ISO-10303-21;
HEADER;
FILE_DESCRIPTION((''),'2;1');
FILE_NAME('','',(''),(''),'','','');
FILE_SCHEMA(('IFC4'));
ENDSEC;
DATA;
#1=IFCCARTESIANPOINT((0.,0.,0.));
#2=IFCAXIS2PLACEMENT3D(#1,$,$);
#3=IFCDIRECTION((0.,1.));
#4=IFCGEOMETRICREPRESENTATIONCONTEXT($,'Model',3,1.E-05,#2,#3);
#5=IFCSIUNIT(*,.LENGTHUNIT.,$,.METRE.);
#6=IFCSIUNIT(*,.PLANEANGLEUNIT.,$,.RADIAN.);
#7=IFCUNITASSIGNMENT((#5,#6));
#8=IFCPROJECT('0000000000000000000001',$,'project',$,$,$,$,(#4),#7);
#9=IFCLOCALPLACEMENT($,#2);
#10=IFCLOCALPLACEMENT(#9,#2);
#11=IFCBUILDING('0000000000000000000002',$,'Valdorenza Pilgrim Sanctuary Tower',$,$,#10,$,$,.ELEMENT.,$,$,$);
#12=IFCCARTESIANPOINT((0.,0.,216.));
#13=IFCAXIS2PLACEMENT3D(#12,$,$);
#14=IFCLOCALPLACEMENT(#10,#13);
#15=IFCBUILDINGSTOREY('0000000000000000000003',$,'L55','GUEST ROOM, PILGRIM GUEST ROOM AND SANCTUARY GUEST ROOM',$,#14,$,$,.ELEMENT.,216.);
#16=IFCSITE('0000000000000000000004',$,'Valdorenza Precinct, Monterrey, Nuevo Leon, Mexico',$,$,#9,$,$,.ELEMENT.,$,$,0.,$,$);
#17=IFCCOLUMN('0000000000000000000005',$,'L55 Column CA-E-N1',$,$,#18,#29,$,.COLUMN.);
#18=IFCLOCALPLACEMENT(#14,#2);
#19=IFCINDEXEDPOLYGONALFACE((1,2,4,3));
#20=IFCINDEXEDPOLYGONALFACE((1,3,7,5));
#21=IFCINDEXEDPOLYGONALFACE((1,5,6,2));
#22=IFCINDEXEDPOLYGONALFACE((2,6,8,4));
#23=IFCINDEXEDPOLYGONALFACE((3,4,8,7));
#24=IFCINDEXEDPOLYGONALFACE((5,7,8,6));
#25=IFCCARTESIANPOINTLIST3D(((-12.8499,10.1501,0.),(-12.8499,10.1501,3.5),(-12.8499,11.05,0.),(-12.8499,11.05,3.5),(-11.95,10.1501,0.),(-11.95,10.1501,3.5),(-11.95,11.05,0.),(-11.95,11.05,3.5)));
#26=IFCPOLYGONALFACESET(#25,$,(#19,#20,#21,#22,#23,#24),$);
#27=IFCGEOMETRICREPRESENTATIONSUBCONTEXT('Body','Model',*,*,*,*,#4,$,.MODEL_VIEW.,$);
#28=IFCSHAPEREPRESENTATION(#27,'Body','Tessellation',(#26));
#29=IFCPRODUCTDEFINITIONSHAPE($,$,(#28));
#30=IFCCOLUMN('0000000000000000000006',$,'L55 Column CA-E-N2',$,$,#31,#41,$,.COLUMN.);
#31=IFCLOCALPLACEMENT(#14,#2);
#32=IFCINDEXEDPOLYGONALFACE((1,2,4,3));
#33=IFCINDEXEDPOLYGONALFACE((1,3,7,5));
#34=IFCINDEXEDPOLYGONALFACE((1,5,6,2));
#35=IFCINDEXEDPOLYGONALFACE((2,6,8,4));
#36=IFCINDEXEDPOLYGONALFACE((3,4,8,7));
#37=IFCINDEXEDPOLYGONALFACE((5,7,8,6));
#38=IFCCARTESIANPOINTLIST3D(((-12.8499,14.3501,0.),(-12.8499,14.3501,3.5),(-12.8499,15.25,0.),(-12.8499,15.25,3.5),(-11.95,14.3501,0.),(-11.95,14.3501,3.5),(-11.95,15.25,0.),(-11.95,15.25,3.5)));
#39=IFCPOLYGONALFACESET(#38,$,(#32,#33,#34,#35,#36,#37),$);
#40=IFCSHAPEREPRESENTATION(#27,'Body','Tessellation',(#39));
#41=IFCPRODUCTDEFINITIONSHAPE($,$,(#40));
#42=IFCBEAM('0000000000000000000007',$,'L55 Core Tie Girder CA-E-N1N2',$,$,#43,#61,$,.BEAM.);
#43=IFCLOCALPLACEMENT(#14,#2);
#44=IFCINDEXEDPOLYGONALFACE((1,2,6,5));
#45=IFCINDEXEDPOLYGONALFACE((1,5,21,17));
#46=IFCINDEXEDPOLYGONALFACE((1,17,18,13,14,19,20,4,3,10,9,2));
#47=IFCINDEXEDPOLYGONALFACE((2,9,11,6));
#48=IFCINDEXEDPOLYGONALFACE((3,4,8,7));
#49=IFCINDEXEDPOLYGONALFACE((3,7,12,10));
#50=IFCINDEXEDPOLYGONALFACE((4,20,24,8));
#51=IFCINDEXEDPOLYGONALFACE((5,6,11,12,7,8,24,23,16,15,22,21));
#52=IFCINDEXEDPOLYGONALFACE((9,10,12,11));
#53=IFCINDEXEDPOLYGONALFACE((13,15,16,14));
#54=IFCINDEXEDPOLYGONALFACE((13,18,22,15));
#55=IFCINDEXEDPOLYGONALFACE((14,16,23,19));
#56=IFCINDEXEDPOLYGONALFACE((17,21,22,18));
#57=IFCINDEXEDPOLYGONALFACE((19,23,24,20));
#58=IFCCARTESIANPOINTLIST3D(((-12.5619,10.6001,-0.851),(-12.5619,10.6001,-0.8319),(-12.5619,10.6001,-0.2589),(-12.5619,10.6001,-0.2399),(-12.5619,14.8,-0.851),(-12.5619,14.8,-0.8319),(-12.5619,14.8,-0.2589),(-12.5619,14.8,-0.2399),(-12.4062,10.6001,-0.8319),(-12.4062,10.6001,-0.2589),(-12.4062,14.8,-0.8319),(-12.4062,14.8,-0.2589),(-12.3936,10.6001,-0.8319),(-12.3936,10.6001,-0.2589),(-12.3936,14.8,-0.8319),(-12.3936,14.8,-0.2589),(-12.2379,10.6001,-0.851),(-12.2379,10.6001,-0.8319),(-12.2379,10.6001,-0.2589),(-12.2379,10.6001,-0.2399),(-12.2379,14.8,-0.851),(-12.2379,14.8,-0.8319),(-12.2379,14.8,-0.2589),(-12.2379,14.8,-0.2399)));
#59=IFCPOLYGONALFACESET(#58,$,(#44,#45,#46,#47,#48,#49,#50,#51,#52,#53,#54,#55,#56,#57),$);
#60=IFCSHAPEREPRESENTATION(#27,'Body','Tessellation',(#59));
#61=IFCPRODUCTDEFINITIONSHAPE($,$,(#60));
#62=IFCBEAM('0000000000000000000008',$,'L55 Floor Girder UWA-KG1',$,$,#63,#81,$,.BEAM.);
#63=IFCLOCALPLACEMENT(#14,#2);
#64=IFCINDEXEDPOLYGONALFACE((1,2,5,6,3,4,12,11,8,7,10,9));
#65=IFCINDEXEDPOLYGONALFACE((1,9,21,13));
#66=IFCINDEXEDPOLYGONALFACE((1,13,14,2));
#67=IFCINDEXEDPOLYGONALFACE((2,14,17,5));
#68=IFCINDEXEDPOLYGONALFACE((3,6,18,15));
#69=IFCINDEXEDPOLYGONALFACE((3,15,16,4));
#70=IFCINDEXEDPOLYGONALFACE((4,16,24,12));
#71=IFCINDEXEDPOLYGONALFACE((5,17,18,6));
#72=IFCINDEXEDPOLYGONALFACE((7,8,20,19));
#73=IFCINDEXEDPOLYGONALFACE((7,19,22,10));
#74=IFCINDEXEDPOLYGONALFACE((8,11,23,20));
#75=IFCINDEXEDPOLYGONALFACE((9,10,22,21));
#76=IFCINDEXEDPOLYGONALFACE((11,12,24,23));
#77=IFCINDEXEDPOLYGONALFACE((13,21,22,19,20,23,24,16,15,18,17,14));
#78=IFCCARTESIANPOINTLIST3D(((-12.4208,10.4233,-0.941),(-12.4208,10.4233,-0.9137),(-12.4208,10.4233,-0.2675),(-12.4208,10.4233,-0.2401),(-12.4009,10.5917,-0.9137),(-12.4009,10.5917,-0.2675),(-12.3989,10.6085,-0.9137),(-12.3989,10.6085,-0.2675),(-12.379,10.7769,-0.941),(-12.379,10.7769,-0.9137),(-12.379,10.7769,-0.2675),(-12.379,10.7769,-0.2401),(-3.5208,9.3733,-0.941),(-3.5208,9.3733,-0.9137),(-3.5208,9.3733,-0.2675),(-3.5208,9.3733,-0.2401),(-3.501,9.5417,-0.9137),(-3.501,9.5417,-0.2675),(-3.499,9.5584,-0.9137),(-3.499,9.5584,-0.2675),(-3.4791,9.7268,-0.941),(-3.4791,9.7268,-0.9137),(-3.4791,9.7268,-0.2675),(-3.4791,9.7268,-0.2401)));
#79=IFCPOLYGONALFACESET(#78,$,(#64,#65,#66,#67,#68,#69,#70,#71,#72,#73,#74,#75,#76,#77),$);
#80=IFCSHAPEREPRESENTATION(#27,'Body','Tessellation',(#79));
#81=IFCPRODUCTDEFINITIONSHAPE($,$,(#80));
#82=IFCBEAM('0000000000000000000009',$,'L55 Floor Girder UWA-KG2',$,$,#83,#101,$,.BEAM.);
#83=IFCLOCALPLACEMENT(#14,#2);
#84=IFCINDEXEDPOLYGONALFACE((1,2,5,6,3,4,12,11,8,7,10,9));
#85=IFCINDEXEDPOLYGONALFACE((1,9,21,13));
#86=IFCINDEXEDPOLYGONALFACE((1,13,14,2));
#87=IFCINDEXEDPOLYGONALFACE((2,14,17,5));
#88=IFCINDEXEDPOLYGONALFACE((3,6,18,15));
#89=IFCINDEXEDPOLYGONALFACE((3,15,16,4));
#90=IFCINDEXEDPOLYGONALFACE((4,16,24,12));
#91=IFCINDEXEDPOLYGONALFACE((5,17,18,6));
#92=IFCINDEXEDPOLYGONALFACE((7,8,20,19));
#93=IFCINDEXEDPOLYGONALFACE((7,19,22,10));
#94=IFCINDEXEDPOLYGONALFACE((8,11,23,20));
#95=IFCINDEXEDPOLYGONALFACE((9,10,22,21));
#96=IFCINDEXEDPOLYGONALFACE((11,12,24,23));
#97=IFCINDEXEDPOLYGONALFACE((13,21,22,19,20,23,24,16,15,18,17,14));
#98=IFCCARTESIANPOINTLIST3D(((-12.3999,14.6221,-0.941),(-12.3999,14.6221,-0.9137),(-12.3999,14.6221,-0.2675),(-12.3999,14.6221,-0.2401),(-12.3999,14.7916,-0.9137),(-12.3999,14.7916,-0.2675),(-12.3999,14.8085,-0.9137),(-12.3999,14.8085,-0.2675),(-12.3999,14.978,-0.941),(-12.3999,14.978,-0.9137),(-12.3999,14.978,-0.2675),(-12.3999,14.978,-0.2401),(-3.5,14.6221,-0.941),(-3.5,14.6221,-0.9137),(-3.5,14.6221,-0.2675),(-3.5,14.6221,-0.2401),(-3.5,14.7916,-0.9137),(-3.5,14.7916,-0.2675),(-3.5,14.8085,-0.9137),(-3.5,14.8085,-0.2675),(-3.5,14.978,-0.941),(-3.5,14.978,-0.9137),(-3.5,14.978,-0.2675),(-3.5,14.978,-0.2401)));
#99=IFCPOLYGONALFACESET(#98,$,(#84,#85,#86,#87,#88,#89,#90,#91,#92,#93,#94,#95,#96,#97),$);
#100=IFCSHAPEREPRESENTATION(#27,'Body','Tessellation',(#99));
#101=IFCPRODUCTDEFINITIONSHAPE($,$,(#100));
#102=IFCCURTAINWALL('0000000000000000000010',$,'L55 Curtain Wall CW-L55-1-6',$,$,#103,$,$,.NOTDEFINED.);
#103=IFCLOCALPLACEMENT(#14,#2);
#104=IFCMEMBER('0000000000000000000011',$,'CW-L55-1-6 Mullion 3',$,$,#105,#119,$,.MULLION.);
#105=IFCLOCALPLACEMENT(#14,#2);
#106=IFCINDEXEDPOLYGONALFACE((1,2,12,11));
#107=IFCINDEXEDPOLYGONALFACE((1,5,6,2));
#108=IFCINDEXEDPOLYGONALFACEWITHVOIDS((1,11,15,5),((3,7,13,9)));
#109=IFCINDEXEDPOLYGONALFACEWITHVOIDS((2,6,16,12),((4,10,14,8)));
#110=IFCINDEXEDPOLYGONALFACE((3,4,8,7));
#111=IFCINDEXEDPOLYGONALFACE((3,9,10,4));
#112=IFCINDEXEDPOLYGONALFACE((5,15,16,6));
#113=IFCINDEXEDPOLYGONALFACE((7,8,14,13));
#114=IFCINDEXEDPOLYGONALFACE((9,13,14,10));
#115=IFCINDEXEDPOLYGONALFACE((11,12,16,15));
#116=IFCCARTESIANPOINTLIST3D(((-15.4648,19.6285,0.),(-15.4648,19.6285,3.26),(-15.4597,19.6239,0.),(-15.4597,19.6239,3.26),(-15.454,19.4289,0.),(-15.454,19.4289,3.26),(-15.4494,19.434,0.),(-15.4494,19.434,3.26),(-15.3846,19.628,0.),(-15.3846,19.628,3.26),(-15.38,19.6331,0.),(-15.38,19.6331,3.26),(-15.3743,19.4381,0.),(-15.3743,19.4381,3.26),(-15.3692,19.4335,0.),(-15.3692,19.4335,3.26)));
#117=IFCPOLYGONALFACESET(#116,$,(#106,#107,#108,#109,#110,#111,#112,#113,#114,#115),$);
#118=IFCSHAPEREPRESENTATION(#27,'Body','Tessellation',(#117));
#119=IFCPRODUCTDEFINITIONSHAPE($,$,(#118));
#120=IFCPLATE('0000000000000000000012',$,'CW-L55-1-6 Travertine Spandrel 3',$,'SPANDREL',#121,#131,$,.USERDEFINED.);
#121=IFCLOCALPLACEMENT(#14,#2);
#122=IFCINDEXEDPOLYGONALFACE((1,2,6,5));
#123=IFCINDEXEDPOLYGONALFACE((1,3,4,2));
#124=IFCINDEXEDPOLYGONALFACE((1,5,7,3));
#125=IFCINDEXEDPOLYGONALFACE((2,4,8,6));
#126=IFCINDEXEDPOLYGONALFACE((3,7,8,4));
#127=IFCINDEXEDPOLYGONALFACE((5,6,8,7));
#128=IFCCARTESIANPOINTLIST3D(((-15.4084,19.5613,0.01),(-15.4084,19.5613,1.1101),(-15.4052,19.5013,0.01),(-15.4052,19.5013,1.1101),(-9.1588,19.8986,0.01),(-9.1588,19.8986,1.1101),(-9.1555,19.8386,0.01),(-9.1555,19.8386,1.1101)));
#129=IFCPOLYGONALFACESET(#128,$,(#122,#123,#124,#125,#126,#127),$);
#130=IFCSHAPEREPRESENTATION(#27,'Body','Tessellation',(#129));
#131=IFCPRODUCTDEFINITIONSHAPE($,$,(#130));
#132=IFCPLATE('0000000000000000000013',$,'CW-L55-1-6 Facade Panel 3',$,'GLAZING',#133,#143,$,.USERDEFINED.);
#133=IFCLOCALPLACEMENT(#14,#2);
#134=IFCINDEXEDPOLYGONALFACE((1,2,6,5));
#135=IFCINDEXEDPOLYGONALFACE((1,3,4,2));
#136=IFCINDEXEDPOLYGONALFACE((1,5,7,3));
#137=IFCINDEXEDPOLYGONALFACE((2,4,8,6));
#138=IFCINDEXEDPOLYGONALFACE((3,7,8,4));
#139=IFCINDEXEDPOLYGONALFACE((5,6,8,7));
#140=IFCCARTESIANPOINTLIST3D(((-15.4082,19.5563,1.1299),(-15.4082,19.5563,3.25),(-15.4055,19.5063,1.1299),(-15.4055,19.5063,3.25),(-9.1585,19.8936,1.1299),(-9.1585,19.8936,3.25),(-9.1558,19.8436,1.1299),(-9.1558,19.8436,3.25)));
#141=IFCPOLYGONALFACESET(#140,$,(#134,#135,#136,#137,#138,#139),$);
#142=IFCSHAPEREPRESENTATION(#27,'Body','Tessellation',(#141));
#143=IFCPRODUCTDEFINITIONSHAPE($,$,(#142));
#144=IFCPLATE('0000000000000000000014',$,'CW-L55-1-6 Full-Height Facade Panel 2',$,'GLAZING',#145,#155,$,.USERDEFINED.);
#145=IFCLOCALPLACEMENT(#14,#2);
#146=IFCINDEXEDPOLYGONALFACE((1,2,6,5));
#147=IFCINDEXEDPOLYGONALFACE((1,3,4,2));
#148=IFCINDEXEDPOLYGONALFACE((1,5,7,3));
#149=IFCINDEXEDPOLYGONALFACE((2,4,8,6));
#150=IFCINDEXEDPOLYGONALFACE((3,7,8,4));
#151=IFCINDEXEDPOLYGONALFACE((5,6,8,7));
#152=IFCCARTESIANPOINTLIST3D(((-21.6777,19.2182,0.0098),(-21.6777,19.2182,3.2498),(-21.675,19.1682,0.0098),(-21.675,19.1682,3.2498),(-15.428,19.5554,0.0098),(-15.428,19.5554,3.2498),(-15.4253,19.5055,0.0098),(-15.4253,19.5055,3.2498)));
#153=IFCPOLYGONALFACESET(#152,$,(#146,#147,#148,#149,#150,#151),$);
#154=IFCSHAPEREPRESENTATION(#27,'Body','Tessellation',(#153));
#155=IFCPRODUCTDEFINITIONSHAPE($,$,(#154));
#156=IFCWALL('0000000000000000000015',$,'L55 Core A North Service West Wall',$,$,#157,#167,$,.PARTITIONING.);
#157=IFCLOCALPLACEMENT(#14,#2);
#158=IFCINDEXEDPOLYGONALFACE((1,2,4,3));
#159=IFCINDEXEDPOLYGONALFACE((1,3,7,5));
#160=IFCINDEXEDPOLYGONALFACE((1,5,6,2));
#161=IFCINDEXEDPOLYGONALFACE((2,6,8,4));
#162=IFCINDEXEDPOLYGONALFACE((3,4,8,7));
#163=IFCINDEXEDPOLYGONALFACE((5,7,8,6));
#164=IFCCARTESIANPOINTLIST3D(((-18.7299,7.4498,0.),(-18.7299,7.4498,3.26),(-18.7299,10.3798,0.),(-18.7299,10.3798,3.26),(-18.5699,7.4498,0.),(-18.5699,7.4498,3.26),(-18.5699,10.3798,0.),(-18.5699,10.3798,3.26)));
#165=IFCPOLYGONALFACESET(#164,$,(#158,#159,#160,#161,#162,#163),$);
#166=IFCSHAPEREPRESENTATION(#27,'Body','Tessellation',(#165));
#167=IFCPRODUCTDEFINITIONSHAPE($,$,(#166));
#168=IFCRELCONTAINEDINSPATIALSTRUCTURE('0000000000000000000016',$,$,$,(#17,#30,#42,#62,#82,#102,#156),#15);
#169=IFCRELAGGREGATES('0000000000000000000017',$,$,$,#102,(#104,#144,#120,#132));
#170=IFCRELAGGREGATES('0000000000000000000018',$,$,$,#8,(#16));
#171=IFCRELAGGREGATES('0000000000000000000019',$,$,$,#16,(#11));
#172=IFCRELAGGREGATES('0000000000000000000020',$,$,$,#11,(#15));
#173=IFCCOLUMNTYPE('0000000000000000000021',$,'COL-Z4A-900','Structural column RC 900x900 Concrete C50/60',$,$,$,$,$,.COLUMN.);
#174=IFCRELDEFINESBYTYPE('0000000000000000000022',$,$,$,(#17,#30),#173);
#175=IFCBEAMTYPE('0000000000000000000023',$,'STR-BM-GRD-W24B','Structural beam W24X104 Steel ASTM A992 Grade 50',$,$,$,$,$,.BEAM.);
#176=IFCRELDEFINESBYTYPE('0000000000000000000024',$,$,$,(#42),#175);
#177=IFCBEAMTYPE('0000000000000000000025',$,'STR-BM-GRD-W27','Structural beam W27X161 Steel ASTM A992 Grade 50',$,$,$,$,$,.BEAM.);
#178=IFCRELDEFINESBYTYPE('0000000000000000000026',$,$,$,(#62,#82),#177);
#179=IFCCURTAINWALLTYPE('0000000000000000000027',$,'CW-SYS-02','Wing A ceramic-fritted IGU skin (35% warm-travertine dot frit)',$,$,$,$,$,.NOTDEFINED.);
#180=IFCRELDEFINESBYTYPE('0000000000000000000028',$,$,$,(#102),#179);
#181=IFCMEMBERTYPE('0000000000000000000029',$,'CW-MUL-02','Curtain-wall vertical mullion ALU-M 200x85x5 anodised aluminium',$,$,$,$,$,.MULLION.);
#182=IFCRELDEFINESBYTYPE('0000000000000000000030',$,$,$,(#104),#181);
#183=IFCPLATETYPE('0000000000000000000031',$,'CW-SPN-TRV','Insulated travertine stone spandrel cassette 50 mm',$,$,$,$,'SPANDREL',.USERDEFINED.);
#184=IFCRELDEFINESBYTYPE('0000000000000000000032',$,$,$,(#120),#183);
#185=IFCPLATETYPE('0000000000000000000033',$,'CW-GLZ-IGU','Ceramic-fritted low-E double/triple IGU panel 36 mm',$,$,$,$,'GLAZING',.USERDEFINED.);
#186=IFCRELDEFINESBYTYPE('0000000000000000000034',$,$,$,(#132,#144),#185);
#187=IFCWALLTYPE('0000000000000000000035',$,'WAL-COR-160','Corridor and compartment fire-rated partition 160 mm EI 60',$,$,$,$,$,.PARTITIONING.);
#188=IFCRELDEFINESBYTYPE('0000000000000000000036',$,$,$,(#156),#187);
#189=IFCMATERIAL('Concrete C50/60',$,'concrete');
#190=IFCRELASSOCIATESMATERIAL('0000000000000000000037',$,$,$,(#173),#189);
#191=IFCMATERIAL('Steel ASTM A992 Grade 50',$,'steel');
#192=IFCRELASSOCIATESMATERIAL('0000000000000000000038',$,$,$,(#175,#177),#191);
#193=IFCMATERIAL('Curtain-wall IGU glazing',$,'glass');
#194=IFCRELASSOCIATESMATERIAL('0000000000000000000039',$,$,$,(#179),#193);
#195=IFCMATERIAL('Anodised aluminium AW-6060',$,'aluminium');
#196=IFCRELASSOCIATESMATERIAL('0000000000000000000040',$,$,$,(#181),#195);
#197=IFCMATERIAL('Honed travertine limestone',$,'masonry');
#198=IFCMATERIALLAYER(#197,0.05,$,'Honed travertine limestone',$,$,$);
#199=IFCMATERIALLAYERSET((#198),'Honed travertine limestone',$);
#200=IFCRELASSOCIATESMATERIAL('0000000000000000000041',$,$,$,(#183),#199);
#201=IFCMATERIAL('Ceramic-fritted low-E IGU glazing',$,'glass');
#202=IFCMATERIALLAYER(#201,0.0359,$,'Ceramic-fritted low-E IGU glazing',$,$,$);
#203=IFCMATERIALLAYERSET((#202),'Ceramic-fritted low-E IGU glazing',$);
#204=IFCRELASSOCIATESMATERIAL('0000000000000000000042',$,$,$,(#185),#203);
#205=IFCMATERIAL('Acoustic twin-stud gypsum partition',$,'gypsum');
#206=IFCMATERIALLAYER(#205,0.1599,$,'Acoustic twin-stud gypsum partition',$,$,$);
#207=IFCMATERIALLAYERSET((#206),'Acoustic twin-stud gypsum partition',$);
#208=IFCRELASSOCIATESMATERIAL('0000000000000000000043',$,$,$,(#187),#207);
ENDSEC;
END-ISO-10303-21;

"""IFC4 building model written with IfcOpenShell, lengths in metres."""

from ifc_helpers import new_model, si_unit, direction, frame, frame_2d, origin, origin_2d, place, context, subcontext, project, spatial, rectangle, hollow_rectangle, i_section, extrude, source, transform, mapped, material, layer, layer_set, material_profile, profile_set, type_object, element, aggregate, save


model = new_model("IFC4")

# Units and contexts
model_context = context("Model", 3, precision=1e-05, world=origin(), true_north=direction((0.0, 1.0)))
body_context = subcontext(model_context, "Body", "Model", "MODEL_VIEW")
ifc_project = project(units=[si_unit("LENGTHUNIT", "METRE"), si_unit("PLANEANGLEUNIT", "RADIAN")], contexts=[model_context])

# Site, building, storey
site_placement = place(None, origin())
site = spatial("IfcSite", under=ifc_project, at=site_placement, Name="Valdorenza Precinct, Monterrey, Nuevo Leon, Mexico", CompositionType="ELEMENT", RefElevation=0.0)
building_placement = place(site_placement, origin())
building = spatial("IfcBuilding", under=site, at=building_placement, Name="Valdorenza Pilgrim Sanctuary Tower", CompositionType="ELEMENT")
storey_placement = place(building_placement, frame((0.0, 0.0, 216.0)))
storey = spatial("IfcBuildingStorey", under=building, at=storey_placement, Name="L55", Description="GUEST ROOM, PILGRIM GUEST ROOM AND SANCTUARY GUEST ROOM", CompositionType="ELEMENT", Elevation=216.0)

# Columns
ifc_material_1 = material(Name="Concrete C50/60", Category="concrete")
ifc_material_profile_1 = material_profile(ifc_material_1, rectangle(XDim=0.8999, YDim=0.8999, at=origin_2d()), Name="RC 900x900")
ifc_profile_set_1 = profile_set([ifc_material_profile_1], Name="Concrete C50/60")
column_type = type_object("IfcColumnType", Name="COL-Z4A-900", Description="Structural column RC 900x900 Concrete C50/60", PredefinedType="COLUMN", material=ifc_profile_set_1)
shared_shape_1 = source(origin(), body_context, "Body", "SweptSolid", [
    extrude(rectangle(XDim=0.8999, YDim=0.8999, at=origin_2d()), origin(), (0.0, 0.0, 1.0), 3.5),
])
for number, where, z_axis, x_axis, name in (
    (1, (-12.3999, 10.6001, 0.0), (0.0, 0.0, 1.0), (1.0, 0.0, 0.0), "L55 Column CA-E-N1"),
    (2, (-12.3999, 14.8, 0.0), (0.0, 0.0, 1.0), (1.0, 0.0, 0.0), "L55 Column CA-E-N2"),
):
    element("IfcColumn", number, at=place(storey_placement, frame(where, z_axis=z_axis, x_axis=x_axis)), inside=storey, type_object=column_type, Name=name, PredefinedType="COLUMN", context=body_context, shape_type="MappedRepresentation", body=[
        mapped(shared_shape_1, transform((0.0, 0.0, 0.0), x_axis=(1.0, 0.0, 0.0), y_axis=(0.0, 1.0, 0.0), z_axis=(0.0, 0.0, 1.0), scale=1.0)),
    ])

# Beams
ifc_material_2 = material(Name="Steel ASTM A992 Grade 50", Category="steel")
ifc_material_profile_2 = material_profile(ifc_material_2, i_section(OverallWidth=0.324, OverallDepth=0.6111, WebThickness=0.0127, FlangeThickness=0.019, at=origin_2d()), Name="W24X104")
ifc_profile_set_2 = profile_set([ifc_material_profile_2], Name="Steel ASTM A992 Grade 50")
beam_type_1 = type_object("IfcBeamType", Name="STR-BM-GRD-W24B", Description="Structural beam W24X104 Steel ASTM A992 Grade 50", PredefinedType="BEAM", material=ifc_profile_set_2)
shared_shape_2 = source(origin(), body_context, "Body", "SweptSolid", [
    extrude(i_section(OverallWidth=0.324, OverallDepth=0.6111, WebThickness=0.0127, FlangeThickness=0.019, at=origin_2d()), origin(), (0.0, 0.0, 1.0), 4.2),
])
beam_1_placement = place(storey_placement, frame((-12.3999, 10.6001, -0.5454), z_axis=(0.0, 1.0, 0.0), x_axis=(-1.0, 0.0, 0.0)))
element("IfcBeam", 3, at=beam_1_placement, inside=storey, type_object=beam_type_1, Name="L55 Core Tie Girder CA-E-N1N2", PredefinedType="BEAM", context=body_context, shape_type="MappedRepresentation", body=[
    mapped(shared_shape_2, transform((0.0, 0.0, 0.0), x_axis=(1.0, 0.0, 0.0), y_axis=(0.0, 1.0, 0.0), z_axis=(0.0, 0.0, 1.0), scale=1.0)),
])
ifc_material_profile_3 = material_profile(ifc_material_2, i_section(OverallWidth=0.356, OverallDepth=0.7009, WebThickness=0.0168, FlangeThickness=0.0273, at=origin_2d()), Name="W27X161")
ifc_profile_set_3 = profile_set([ifc_material_profile_3], Name="Steel ASTM A992 Grade 50")
beam_type_2 = type_object("IfcBeamType", Name="STR-BM-GRD-W27", Description="Structural beam W27X161 Steel ASTM A992 Grade 50", PredefinedType="BEAM", material=ifc_profile_set_3)
shared_shape_3 = source(origin(), body_context, "Body", "SweptSolid", [
    extrude(i_section(OverallWidth=0.356, OverallDepth=0.7009, WebThickness=0.0168, FlangeThickness=0.0273, at=origin_2d()), origin(), (0.0, 0.0, 1.0), 8.9617),
])
beam_2_placement = place(storey_placement, frame((-12.3999, 10.6001, -0.5906), z_axis=(0.993112, -0.117172, 0.0), x_axis=(0.117172, 0.993112, 0.0)))
element("IfcBeam", 4, at=beam_2_placement, inside=storey, type_object=beam_type_2, Name="L55 Floor Girder UWA-KG1", PredefinedType="BEAM", context=body_context, shape_type="MappedRepresentation", body=[
    mapped(shared_shape_3, transform((0.0, 0.0, 0.0), x_axis=(1.0, 0.0, 0.0), y_axis=(0.0, 1.0, 0.0), z_axis=(0.0, 0.0, 1.0), scale=1.0)),
])
shared_shape_4 = source(origin(), body_context, "Body", "SweptSolid", [
    extrude(i_section(OverallWidth=0.356, OverallDepth=0.7009, WebThickness=0.0168, FlangeThickness=0.0273, at=origin_2d()), origin(), (0.0, 0.0, 1.0), 8.8999),
])
beam_3_placement = place(storey_placement, frame((-12.3999, 14.8, -0.5906), z_axis=(1.0, 0.0, 0.0), x_axis=(0.0, 1.0, 0.0)))
element("IfcBeam", 5, at=beam_3_placement, inside=storey, type_object=beam_type_2, Name="L55 Floor Girder UWA-KG2", PredefinedType="BEAM", context=body_context, shape_type="MappedRepresentation", body=[
    mapped(shared_shape_4, transform((0.0, 0.0, 0.0), x_axis=(1.0, 0.0, 0.0), y_axis=(0.0, 1.0, 0.0), z_axis=(0.0, 0.0, 1.0), scale=1.0)),
])

# Curtain wall, member, plates
ifc_material_3 = material(Name="Curtain-wall IGU glazing", Category="glass")
curtain_wall_type = type_object("IfcCurtainWallType", Name="CW-SYS-02", Description="Wing A ceramic-fritted IGU skin (35% warm-travertine dot frit)", PredefinedType="NOTDEFINED", material=ifc_material_3)
curtain_wall_placement = place(storey_placement, origin())
curtain_wall = element("IfcCurtainWall", 6, at=curtain_wall_placement, inside=storey, type_object=curtain_wall_type, Name="L55 Curtain Wall CW-L55-1-6", PredefinedType="NOTDEFINED")
ifc_material_4 = material(Name="Anodised aluminium AW-6060", Category="aluminium")
ifc_material_profile_4 = material_profile(ifc_material_4, hollow_rectangle(XDim=0.085, YDim=0.2, WallThickness=0.0049, at=origin_2d()), Name="ALU-M 200x85x5")
ifc_profile_set_4 = profile_set([ifc_material_profile_4], Name="Anodised aluminium AW-6060")
member_type = type_object("IfcMemberType", Name="CW-MUL-02", Description="Curtain-wall vertical mullion ALU-M 200x85x5 anodised aluminium", PredefinedType="MULLION", material=ifc_profile_set_4)
shared_shape_5 = source(origin(), body_context, "Body", "SweptSolid", [
    extrude(hollow_rectangle(XDim=0.085, YDim=0.2, WallThickness=0.0049, at=origin_2d()), origin(), (0.0, 0.0, 1.0), 3.26),
])
member_placement = place(storey_placement, frame((-15.417, 19.531, 0.0), z_axis=(0.0, 0.0, 1.0), x_axis=(0.998547, 0.053887, 0.0)))
member = element("IfcMember", 7, at=member_placement, type_object=member_type, Name="CW-L55-1-6 Mullion 3", PredefinedType="MULLION", context=body_context, shape_type="MappedRepresentation", body=[
    mapped(shared_shape_5, transform((0.0, 0.0, 0.0), x_axis=(1.0, 0.0, 0.0), y_axis=(0.0, 1.0, 0.0), z_axis=(0.0, 0.0, 1.0), scale=1.0)),
])
ifc_material_5 = material(Name="Honed travertine limestone", Category="masonry")
ifc_layer_1 = layer(ifc_material_5, 0.05, Name="Honed travertine limestone")
ifc_layer_set_1 = layer_set([ifc_layer_1], Name="Honed travertine limestone")
plate_type_1 = type_object("IfcPlateType", Name="CW-SPN-TRV", Description="Insulated travertine stone spandrel cassette 50 mm", ElementType="SPANDREL", PredefinedType="USERDEFINED", material=ifc_layer_set_1)
shared_shape_6 = source(origin(), body_context, "Body", "SweptSolid", [
    extrude(rectangle(XDim=6.2588, YDim=0.0601, at=origin_2d()), origin(), (0.0, 0.0, 1.0), 1.1001),
])
plate_1_placement = place(storey_placement, frame((-12.282, 19.7, 0.01), z_axis=(0.0, 0.0, 1.0), x_axis=(0.998547, 0.053887, 0.0)))
plate_1 = element("IfcPlate", 8, at=plate_1_placement, type_object=plate_type_1, Name="CW-L55-1-6 Travertine Spandrel 3", ObjectType="SPANDREL", PredefinedType="USERDEFINED", context=body_context, shape_type="MappedRepresentation", body=[
    mapped(shared_shape_6, transform((0.0, 0.0, 0.0), x_axis=(1.0, 0.0, 0.0), y_axis=(0.0, 1.0, 0.0), z_axis=(0.0, 0.0, 1.0), scale=1.0)),
])
ifc_material_6 = material(Name="Ceramic-fritted low-E IGU glazing", Category="glass")
ifc_layer_2 = layer(ifc_material_6, 0.0359, Name="Ceramic-fritted low-E IGU glazing")
ifc_layer_set_2 = layer_set([ifc_layer_2], Name="Ceramic-fritted low-E IGU glazing")
plate_type_2 = type_object("IfcPlateType", Name="CW-GLZ-IGU", Description="Ceramic-fritted low-E double/triple IGU panel 36 mm", ElementType="GLAZING", PredefinedType="USERDEFINED", material=ifc_layer_set_2)
shared_shape_7 = source(origin(), body_context, "Body", "SweptSolid", [
    extrude(rectangle(XDim=6.2588, YDim=0.05, at=origin_2d()), origin(), (0.0, 0.0, 1.0), 2.1201),
])
plate_2_placement = place(storey_placement, frame((-12.282, 19.7, 1.1299), z_axis=(0.0, 0.0, 1.0), x_axis=(0.998547, 0.053887, 0.0)))
plate_2 = element("IfcPlate", 9, at=plate_2_placement, type_object=plate_type_2, Name="CW-L55-1-6 Facade Panel 3", ObjectType="GLAZING", PredefinedType="USERDEFINED", context=body_context, shape_type="MappedRepresentation", body=[
    mapped(shared_shape_7, transform((0.0, 0.0, 0.0), x_axis=(1.0, 0.0, 0.0), y_axis=(0.0, 1.0, 0.0), z_axis=(0.0, 0.0, 1.0), scale=1.0)),
])
shared_shape_8 = source(origin(), body_context, "Body", "SweptSolid", [
    extrude(rectangle(XDim=6.2588, YDim=0.05, at=origin_2d()), origin(), (0.0, 0.0, 1.0), 3.24),
])
plate_3_placement = place(storey_placement, frame((-18.5515, 19.3618, 0.0098), z_axis=(0.0, 0.0, 1.0), x_axis=(0.998547, 0.053887, 0.0)))
plate_3 = element("IfcPlate", 10, at=plate_3_placement, type_object=plate_type_2, Name="CW-L55-1-6 Full-Height Facade Panel 2", ObjectType="GLAZING", PredefinedType="USERDEFINED", context=body_context, shape_type="MappedRepresentation", body=[
    mapped(shared_shape_8, transform((0.0, 0.0, 0.0), x_axis=(1.0, 0.0, 0.0), y_axis=(0.0, 1.0, 0.0), z_axis=(0.0, 0.0, 1.0), scale=1.0)),
])
aggregate(curtain_wall, [member, plate_3, plate_1, plate_2])

# Wall
ifc_material_7 = material(Name="Acoustic twin-stud gypsum partition", Category="gypsum")
ifc_layer_3 = layer(ifc_material_7, 0.1599, Name="Acoustic twin-stud gypsum partition")
ifc_layer_set_3 = layer_set([ifc_layer_3], Name="Acoustic twin-stud gypsum partition")
wall_type_1 = type_object("IfcWallType", Name="WAL-COR-160", Description="Corridor and compartment fire-rated partition 160 mm EI 60", PredefinedType="PARTITIONING", material=ifc_layer_set_3)
wall_1_placement = place(storey_placement, frame((-18.6499, 7.45, 0.0), z_axis=(0.0, 0.0, 1.0), x_axis=(0.0, 1.0, 0.0)))
element("IfcWall", 11, at=wall_1_placement, inside=storey, type_object=wall_type_1, Name="L55 Core A North Service West Wall", PredefinedType="PARTITIONING", context=body_context, shape_type="SweptSolid", body=[
    extrude(rectangle(XDim=2.9299, YDim=0.1599, at=frame_2d((1.4648, 0.0))), origin(), (0.0, 0.0, 1.0), 3.26),
])

save(model, "model.ifc")
